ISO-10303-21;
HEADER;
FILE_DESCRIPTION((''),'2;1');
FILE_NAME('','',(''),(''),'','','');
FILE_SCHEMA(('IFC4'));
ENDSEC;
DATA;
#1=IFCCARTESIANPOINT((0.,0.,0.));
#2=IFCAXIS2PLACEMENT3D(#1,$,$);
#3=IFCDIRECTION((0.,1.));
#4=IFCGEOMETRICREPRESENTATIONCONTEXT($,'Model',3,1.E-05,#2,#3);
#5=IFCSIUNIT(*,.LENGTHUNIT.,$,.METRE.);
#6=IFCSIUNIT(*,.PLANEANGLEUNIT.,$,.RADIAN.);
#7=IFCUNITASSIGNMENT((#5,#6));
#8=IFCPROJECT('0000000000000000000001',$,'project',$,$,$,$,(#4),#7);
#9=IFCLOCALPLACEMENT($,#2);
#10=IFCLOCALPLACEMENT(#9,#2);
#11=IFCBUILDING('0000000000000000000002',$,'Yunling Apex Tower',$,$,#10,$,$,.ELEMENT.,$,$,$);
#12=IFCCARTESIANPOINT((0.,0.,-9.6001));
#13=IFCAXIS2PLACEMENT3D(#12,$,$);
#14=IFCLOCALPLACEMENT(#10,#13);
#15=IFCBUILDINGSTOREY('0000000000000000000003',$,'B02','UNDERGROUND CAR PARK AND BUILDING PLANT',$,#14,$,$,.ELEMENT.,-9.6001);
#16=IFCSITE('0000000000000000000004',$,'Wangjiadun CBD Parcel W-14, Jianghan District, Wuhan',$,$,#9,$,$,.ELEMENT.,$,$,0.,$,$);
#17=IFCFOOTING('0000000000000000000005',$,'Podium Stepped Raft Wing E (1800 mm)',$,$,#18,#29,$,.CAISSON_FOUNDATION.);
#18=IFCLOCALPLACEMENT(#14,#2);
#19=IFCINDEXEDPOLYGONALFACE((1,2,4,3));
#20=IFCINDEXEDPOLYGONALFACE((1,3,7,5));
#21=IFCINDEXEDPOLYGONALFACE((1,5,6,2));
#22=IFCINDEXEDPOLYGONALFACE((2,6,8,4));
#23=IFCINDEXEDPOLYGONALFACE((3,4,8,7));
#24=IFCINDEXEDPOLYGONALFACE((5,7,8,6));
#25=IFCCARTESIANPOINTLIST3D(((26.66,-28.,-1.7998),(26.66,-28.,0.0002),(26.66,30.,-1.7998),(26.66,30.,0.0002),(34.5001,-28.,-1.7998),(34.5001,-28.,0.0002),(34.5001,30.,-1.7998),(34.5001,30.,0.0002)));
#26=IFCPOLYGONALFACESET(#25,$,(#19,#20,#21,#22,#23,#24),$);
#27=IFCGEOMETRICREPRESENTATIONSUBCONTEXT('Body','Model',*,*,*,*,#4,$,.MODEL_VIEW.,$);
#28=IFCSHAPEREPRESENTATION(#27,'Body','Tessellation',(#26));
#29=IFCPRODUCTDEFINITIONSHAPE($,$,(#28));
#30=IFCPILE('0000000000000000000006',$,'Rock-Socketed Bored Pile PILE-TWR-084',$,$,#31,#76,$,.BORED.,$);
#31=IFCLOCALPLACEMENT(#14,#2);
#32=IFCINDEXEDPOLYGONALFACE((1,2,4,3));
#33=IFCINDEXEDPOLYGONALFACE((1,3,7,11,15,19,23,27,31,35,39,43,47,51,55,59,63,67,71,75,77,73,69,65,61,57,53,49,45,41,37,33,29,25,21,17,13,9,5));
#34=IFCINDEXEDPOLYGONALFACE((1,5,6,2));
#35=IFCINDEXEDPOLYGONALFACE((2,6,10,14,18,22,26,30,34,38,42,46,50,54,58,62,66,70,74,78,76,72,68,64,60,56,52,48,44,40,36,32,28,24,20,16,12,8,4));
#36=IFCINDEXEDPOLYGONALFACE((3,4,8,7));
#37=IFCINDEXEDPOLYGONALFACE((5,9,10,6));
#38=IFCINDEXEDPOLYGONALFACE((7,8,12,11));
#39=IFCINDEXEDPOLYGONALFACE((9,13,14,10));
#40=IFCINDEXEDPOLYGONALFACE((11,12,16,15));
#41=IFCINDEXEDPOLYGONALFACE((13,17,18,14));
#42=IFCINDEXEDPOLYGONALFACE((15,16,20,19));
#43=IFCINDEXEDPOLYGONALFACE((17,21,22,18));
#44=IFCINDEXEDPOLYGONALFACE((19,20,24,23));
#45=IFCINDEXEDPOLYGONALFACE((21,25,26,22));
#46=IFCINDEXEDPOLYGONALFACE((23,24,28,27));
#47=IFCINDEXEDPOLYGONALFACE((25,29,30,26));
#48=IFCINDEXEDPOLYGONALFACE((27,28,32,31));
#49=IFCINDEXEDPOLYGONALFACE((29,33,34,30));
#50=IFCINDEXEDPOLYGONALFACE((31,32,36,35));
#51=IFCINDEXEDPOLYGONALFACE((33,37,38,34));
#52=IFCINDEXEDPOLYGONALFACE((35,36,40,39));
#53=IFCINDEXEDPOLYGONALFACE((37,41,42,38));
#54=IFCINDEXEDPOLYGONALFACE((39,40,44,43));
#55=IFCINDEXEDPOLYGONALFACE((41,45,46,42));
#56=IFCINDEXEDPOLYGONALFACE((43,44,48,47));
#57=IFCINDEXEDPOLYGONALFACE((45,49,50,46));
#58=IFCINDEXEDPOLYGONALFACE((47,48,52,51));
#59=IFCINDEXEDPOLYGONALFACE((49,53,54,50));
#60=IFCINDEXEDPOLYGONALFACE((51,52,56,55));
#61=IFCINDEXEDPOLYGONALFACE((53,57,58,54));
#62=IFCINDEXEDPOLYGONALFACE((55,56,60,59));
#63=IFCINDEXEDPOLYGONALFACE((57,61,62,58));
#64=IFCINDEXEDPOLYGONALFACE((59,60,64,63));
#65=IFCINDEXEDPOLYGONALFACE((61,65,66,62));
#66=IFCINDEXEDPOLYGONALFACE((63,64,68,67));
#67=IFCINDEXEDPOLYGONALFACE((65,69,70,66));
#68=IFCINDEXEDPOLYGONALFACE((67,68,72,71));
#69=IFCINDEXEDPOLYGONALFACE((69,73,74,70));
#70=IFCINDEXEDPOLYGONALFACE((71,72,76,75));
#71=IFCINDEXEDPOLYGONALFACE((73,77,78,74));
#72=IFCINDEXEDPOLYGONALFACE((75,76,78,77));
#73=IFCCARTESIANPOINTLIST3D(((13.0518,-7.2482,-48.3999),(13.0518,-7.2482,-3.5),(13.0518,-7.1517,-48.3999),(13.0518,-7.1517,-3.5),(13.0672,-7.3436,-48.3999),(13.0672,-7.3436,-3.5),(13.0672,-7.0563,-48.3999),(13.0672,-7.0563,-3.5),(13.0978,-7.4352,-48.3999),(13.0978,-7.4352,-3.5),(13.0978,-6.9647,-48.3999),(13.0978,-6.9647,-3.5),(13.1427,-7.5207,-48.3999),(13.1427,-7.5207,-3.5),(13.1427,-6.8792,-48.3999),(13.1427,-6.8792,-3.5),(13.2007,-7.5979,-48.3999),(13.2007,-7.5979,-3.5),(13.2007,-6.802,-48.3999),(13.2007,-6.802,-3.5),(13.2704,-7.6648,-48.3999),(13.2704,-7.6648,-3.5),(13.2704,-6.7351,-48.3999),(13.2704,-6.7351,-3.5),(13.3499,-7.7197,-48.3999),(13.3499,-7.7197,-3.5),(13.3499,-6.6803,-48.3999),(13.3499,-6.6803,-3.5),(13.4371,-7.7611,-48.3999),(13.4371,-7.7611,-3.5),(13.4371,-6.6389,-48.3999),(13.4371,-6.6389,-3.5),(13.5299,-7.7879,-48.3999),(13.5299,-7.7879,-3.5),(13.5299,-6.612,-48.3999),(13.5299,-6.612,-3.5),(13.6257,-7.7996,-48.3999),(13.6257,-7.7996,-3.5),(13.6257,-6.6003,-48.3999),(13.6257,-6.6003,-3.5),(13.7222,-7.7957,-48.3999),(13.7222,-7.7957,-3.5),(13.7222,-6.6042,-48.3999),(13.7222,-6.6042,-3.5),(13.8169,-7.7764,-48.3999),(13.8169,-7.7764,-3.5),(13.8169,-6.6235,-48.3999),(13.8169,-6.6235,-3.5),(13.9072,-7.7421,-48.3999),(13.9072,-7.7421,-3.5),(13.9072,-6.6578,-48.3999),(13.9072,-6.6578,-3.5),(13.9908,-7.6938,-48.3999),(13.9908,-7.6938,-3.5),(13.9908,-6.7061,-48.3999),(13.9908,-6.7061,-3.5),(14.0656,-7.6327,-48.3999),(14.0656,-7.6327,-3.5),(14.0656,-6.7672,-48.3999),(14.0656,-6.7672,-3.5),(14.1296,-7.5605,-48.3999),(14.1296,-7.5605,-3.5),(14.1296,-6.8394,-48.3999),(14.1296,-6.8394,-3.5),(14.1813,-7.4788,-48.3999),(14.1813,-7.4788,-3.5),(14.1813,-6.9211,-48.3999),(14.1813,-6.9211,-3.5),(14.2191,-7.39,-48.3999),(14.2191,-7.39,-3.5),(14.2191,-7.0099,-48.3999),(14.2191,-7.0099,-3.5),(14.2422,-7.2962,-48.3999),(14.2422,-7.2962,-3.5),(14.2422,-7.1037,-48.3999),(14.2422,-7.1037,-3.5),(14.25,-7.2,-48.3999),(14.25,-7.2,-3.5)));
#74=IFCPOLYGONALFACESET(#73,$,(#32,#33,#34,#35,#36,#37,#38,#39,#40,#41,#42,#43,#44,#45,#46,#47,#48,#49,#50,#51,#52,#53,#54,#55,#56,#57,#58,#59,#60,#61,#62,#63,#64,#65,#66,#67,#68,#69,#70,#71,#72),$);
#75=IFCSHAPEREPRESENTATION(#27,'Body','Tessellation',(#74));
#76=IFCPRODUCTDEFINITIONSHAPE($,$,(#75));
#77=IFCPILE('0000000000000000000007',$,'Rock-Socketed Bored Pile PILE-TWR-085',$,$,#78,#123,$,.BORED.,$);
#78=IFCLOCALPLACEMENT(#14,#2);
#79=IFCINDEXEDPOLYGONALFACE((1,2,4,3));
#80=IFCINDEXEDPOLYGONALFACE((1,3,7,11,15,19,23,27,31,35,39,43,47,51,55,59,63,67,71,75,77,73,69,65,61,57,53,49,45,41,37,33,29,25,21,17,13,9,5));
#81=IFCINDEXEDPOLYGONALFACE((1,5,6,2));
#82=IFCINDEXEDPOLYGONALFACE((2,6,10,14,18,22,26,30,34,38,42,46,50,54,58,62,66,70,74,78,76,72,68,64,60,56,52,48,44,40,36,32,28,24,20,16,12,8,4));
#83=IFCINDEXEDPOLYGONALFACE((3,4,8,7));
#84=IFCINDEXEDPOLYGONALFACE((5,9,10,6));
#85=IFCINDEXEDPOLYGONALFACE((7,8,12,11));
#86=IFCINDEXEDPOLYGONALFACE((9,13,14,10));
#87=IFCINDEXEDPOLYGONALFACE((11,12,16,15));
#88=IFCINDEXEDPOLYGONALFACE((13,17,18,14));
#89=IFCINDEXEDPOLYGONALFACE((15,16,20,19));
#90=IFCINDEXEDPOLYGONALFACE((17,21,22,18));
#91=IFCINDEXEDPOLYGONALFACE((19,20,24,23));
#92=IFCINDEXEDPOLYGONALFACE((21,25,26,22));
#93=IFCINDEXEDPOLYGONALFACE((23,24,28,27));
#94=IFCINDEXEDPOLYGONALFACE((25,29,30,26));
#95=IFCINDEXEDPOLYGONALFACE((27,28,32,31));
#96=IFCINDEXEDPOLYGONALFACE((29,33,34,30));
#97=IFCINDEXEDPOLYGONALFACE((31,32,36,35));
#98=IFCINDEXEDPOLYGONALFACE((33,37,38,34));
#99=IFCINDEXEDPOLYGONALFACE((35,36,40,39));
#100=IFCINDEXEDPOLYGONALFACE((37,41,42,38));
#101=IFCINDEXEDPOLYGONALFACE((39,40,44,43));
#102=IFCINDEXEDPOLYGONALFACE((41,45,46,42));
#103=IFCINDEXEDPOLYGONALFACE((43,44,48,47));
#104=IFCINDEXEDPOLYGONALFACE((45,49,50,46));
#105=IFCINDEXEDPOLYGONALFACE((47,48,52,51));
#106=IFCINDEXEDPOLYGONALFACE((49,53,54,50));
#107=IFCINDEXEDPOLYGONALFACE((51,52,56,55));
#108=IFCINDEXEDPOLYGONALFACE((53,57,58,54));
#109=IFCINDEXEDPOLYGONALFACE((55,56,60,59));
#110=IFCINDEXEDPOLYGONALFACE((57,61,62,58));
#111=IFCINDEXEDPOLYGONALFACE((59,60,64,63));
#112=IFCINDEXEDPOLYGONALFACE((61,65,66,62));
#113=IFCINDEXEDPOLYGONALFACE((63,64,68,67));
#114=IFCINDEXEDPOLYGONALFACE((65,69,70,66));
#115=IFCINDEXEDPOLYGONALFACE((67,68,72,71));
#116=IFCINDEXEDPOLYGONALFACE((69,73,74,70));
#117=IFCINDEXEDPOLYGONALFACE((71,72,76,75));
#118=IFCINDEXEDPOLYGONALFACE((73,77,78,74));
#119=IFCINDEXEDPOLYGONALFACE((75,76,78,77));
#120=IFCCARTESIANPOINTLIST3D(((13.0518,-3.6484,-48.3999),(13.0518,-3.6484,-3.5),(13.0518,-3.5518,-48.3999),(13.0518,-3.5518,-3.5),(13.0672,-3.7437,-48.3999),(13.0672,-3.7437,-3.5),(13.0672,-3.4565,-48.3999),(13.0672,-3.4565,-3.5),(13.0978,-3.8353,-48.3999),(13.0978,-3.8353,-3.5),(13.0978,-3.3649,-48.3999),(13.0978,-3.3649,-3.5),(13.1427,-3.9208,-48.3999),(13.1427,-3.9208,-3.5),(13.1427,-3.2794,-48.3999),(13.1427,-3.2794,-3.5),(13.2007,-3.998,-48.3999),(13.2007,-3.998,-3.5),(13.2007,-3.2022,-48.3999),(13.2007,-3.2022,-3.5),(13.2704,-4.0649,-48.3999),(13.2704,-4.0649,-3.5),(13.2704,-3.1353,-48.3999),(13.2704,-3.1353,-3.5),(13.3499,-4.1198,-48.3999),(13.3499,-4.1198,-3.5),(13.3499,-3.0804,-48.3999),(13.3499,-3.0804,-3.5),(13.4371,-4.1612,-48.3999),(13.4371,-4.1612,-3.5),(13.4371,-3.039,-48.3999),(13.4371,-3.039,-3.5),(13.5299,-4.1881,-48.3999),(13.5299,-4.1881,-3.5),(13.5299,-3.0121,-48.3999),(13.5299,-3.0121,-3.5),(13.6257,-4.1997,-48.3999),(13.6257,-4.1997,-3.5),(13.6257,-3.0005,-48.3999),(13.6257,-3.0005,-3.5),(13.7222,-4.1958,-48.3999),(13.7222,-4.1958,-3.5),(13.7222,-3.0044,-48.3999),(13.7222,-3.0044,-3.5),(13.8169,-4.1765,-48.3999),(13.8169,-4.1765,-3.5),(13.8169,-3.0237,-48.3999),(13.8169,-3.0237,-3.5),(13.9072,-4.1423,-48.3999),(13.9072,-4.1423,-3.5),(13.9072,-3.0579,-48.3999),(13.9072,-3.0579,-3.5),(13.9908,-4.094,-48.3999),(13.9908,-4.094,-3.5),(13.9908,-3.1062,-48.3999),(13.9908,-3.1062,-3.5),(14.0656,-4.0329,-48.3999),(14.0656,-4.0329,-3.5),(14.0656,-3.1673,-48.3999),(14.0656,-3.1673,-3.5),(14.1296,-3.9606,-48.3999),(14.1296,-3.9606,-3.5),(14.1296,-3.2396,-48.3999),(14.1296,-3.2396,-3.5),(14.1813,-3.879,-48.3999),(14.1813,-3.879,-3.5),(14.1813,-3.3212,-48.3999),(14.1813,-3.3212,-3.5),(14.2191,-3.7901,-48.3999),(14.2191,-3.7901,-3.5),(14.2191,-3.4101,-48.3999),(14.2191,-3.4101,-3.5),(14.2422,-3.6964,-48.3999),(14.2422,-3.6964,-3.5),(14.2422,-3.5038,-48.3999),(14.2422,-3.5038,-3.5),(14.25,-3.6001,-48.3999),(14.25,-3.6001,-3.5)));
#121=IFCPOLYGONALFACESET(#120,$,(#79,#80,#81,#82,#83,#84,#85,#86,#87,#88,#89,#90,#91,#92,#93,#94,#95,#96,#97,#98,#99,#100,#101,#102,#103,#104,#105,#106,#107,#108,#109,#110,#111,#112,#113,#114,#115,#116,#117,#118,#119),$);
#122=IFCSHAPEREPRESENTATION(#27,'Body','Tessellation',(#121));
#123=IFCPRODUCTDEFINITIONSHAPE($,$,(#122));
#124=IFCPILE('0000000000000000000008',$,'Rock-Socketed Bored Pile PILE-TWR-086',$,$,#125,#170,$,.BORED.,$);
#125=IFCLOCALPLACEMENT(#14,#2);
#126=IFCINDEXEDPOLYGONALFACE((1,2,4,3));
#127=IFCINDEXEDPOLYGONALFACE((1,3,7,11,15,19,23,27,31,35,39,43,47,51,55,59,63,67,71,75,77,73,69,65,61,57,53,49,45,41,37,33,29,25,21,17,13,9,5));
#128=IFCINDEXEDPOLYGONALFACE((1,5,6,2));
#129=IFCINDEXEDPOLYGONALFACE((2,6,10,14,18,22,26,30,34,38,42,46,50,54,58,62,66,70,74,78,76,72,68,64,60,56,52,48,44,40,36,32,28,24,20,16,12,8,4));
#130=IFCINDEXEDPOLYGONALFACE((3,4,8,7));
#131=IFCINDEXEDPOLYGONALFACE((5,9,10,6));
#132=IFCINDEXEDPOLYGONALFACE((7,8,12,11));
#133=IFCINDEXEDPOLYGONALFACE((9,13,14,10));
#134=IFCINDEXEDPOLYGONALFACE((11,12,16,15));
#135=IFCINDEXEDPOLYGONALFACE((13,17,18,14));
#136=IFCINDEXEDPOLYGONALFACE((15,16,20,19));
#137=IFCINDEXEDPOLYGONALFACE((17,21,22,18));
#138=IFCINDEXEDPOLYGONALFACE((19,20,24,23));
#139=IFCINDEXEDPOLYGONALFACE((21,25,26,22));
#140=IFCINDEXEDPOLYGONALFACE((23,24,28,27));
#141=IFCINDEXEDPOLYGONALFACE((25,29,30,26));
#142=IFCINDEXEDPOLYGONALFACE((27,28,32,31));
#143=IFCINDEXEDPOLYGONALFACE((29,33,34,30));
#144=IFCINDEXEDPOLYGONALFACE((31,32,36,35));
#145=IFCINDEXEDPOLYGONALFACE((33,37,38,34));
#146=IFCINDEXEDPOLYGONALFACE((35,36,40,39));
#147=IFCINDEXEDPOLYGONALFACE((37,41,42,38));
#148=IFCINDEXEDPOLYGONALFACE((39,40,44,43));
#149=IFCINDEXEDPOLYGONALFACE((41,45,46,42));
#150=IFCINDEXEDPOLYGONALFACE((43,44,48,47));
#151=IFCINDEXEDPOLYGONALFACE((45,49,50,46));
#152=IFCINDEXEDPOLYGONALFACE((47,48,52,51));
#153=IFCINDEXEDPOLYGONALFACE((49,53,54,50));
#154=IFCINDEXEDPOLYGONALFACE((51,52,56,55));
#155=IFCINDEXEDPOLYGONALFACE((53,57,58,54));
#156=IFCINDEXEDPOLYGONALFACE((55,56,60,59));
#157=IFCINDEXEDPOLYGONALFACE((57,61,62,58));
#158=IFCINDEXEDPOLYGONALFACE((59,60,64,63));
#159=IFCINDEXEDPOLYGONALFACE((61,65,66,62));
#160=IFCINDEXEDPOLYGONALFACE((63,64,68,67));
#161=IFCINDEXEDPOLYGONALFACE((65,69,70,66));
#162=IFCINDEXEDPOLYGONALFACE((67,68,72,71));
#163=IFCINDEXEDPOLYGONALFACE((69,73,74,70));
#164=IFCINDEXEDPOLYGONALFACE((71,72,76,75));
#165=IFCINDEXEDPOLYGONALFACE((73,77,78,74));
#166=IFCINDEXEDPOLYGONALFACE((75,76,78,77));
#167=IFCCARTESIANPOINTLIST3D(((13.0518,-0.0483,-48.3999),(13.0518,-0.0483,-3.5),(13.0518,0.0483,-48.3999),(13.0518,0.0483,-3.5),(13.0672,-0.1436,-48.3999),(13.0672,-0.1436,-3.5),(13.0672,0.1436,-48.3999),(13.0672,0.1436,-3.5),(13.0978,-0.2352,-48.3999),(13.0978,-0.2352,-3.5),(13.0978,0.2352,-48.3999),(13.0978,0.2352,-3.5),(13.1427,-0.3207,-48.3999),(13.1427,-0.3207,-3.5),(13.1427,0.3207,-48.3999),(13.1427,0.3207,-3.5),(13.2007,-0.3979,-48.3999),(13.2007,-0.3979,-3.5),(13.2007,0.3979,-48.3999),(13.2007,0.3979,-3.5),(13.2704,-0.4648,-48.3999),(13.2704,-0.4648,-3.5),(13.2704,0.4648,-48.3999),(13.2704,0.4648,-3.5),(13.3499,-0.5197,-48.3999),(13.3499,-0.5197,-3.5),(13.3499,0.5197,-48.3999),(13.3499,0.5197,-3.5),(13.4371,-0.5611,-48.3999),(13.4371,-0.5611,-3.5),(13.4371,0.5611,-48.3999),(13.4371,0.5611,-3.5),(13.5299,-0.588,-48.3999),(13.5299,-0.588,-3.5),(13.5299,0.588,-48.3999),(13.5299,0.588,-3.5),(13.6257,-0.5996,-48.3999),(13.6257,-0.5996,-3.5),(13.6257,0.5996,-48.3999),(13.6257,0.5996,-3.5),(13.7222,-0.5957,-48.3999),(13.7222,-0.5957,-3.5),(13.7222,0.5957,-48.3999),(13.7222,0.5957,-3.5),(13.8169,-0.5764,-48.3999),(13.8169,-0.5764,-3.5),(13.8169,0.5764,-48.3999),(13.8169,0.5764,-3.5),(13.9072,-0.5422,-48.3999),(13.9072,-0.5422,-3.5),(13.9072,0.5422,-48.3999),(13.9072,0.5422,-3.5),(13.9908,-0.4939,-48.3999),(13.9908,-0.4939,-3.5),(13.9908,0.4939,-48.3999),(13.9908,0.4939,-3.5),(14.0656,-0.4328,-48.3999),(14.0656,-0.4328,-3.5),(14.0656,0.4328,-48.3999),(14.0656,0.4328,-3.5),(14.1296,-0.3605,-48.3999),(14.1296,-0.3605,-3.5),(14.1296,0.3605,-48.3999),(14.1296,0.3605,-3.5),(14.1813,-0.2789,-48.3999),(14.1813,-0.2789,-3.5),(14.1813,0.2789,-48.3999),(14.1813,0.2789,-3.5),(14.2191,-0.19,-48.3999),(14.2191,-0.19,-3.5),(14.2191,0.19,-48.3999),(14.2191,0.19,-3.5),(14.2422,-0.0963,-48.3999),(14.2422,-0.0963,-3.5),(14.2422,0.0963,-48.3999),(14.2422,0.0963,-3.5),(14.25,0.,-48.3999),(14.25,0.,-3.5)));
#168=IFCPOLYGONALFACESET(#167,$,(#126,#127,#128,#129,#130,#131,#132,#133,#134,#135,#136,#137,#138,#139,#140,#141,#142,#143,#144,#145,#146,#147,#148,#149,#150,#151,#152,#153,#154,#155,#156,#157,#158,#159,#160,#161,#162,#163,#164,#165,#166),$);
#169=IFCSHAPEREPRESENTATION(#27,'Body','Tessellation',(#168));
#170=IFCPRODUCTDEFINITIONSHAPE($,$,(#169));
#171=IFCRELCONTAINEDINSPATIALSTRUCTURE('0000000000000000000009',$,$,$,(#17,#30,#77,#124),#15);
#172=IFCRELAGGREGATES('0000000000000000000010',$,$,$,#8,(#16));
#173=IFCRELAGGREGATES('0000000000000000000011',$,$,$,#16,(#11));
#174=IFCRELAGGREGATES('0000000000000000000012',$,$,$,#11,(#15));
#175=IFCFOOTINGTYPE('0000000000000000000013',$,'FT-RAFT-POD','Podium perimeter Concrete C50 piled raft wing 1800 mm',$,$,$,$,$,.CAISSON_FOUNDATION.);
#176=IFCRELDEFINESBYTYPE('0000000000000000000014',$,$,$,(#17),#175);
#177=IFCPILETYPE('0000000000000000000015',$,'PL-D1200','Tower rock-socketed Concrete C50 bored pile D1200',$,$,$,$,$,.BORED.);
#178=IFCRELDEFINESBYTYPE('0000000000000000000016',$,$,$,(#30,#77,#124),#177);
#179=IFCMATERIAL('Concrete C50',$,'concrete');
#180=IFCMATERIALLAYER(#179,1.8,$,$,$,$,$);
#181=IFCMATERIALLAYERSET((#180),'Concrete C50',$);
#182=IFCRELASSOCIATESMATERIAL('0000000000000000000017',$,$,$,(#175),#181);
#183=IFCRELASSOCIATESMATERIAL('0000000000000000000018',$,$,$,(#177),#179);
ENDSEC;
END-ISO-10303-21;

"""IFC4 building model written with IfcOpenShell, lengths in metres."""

from ifc_helpers import new_model, si_unit, direction, frame, origin, origin_2d, place, context, subcontext, project, spatial, rectangle, circle, extrude, source, transform, mapped, material, layer, layer_set, material_profile, profile_set, type_object, element, save


model = new_model("IFC4")

# Units and contexts
model_context = context("Model", 3, precision=1e-05, world=origin(), true_north=direction((0.0, 1.0)))
body_context = subcontext(model_context, "Body", "Model", "MODEL_VIEW")
ifc_project = project(units=[si_unit("LENGTHUNIT", "METRE"), si_unit("PLANEANGLEUNIT", "RADIAN")], contexts=[model_context])

# Site, building, storey
site_placement = place(None, origin())
site = spatial("IfcSite", under=ifc_project, at=site_placement, Name="Wangjiadun CBD Parcel W-14, Jianghan District, Wuhan", CompositionType="ELEMENT", RefElevation=0.0)
building_placement = place(site_placement, origin())
building = spatial("IfcBuilding", under=site, at=building_placement, Name="Yunling Apex Tower", CompositionType="ELEMENT")
storey_placement = place(building_placement, frame((0.0, 0.0, -9.6001)))
storey = spatial("IfcBuildingStorey", under=building, at=storey_placement, Name="B02", Description="UNDERGROUND CAR PARK AND BUILDING PLANT", CompositionType="ELEMENT", Elevation=-9.6001)

# Footing
ifc_material_1 = material(Name="Concrete C50", Category="concrete")
ifc_layer = layer(ifc_material_1, 1.8)
ifc_layer_set = layer_set([ifc_layer], Name="Concrete C50")
footing_type = type_object("IfcFootingType", Name="FT-RAFT-POD", Description="Podium perimeter Concrete C50 piled raft wing 1800 mm", PredefinedType="CAISSON_FOUNDATION", material=ifc_layer_set)
shared_shape_1 = source(origin(), body_context, "Body", "SweptSolid", [
    extrude(rectangle(XDim=7.8401, YDim=58.0, at=origin_2d()), origin(), (0.0, 0.0, 1.0), 1.8),
])
footing_placement = place(storey_placement, frame((30.5801, 1.0, -1.7998), z_axis=(0.0, 0.0, 1.0), x_axis=(1.0, 0.0, 0.0)))
element("IfcFooting", 1, at=footing_placement, inside=storey, type_object=footing_type, Name="Podium Stepped Raft Wing E (1800 mm)", PredefinedType="CAISSON_FOUNDATION", context=body_context, shape_type="MappedRepresentation", body=[
    mapped(shared_shape_1, transform((0.0, 0.0, 0.0), scale=1.0)),
])

# Piles
ifc_material_profile_1 = material_profile(ifc_material_1, circle(Radius=0.6001, at=origin_2d()))
ifc_profile_set_1 = profile_set([ifc_material_profile_1], Name="Concrete C50")
pile_type_1 = type_object("IfcPileType", Name="PL-D1200", Description="Tower rock-socketed Concrete C50 bored pile D1200", PredefinedType="BORED", material=ifc_profile_set_1)
shared_shape_2 = source(origin(), body_context, "Body", "SweptSolid", [
    extrude(circle(Radius=0.6001, at=origin_2d()), origin(), (0.0, 0.0, 1.0), 44.8999),
])
for number, where, z_axis, x_axis, name in (
    (2, (13.6499, -7.2, -3.5), (0.0, 0.0, -1.0), (1.0, 0.0, 0.0), "Rock-Socketed Bored Pile PILE-TWR-084"),
    (3, (13.6499, -3.6001, -3.5), (0.0, 0.0, -1.0), (1.0, 0.0, 0.0), "Rock-Socketed Bored Pile PILE-TWR-085"),
    (4, (13.6499, 0.0, -3.5), (0.0, 0.0, -1.0), (1.0, 0.0, 0.0), "Rock-Socketed Bored Pile PILE-TWR-086"),
):
    element("IfcPile", number, at=place(storey_placement, frame(where, z_axis=z_axis, x_axis=x_axis)), inside=storey, type_object=pile_type_1, Name=name, PredefinedType="BORED", context=body_context, shape_type="MappedRepresentation", body=[
        mapped(shared_shape_2, transform((0.0, 0.0, 0.0), scale=1.0)),
    ])

save(model, "model.ifc")
